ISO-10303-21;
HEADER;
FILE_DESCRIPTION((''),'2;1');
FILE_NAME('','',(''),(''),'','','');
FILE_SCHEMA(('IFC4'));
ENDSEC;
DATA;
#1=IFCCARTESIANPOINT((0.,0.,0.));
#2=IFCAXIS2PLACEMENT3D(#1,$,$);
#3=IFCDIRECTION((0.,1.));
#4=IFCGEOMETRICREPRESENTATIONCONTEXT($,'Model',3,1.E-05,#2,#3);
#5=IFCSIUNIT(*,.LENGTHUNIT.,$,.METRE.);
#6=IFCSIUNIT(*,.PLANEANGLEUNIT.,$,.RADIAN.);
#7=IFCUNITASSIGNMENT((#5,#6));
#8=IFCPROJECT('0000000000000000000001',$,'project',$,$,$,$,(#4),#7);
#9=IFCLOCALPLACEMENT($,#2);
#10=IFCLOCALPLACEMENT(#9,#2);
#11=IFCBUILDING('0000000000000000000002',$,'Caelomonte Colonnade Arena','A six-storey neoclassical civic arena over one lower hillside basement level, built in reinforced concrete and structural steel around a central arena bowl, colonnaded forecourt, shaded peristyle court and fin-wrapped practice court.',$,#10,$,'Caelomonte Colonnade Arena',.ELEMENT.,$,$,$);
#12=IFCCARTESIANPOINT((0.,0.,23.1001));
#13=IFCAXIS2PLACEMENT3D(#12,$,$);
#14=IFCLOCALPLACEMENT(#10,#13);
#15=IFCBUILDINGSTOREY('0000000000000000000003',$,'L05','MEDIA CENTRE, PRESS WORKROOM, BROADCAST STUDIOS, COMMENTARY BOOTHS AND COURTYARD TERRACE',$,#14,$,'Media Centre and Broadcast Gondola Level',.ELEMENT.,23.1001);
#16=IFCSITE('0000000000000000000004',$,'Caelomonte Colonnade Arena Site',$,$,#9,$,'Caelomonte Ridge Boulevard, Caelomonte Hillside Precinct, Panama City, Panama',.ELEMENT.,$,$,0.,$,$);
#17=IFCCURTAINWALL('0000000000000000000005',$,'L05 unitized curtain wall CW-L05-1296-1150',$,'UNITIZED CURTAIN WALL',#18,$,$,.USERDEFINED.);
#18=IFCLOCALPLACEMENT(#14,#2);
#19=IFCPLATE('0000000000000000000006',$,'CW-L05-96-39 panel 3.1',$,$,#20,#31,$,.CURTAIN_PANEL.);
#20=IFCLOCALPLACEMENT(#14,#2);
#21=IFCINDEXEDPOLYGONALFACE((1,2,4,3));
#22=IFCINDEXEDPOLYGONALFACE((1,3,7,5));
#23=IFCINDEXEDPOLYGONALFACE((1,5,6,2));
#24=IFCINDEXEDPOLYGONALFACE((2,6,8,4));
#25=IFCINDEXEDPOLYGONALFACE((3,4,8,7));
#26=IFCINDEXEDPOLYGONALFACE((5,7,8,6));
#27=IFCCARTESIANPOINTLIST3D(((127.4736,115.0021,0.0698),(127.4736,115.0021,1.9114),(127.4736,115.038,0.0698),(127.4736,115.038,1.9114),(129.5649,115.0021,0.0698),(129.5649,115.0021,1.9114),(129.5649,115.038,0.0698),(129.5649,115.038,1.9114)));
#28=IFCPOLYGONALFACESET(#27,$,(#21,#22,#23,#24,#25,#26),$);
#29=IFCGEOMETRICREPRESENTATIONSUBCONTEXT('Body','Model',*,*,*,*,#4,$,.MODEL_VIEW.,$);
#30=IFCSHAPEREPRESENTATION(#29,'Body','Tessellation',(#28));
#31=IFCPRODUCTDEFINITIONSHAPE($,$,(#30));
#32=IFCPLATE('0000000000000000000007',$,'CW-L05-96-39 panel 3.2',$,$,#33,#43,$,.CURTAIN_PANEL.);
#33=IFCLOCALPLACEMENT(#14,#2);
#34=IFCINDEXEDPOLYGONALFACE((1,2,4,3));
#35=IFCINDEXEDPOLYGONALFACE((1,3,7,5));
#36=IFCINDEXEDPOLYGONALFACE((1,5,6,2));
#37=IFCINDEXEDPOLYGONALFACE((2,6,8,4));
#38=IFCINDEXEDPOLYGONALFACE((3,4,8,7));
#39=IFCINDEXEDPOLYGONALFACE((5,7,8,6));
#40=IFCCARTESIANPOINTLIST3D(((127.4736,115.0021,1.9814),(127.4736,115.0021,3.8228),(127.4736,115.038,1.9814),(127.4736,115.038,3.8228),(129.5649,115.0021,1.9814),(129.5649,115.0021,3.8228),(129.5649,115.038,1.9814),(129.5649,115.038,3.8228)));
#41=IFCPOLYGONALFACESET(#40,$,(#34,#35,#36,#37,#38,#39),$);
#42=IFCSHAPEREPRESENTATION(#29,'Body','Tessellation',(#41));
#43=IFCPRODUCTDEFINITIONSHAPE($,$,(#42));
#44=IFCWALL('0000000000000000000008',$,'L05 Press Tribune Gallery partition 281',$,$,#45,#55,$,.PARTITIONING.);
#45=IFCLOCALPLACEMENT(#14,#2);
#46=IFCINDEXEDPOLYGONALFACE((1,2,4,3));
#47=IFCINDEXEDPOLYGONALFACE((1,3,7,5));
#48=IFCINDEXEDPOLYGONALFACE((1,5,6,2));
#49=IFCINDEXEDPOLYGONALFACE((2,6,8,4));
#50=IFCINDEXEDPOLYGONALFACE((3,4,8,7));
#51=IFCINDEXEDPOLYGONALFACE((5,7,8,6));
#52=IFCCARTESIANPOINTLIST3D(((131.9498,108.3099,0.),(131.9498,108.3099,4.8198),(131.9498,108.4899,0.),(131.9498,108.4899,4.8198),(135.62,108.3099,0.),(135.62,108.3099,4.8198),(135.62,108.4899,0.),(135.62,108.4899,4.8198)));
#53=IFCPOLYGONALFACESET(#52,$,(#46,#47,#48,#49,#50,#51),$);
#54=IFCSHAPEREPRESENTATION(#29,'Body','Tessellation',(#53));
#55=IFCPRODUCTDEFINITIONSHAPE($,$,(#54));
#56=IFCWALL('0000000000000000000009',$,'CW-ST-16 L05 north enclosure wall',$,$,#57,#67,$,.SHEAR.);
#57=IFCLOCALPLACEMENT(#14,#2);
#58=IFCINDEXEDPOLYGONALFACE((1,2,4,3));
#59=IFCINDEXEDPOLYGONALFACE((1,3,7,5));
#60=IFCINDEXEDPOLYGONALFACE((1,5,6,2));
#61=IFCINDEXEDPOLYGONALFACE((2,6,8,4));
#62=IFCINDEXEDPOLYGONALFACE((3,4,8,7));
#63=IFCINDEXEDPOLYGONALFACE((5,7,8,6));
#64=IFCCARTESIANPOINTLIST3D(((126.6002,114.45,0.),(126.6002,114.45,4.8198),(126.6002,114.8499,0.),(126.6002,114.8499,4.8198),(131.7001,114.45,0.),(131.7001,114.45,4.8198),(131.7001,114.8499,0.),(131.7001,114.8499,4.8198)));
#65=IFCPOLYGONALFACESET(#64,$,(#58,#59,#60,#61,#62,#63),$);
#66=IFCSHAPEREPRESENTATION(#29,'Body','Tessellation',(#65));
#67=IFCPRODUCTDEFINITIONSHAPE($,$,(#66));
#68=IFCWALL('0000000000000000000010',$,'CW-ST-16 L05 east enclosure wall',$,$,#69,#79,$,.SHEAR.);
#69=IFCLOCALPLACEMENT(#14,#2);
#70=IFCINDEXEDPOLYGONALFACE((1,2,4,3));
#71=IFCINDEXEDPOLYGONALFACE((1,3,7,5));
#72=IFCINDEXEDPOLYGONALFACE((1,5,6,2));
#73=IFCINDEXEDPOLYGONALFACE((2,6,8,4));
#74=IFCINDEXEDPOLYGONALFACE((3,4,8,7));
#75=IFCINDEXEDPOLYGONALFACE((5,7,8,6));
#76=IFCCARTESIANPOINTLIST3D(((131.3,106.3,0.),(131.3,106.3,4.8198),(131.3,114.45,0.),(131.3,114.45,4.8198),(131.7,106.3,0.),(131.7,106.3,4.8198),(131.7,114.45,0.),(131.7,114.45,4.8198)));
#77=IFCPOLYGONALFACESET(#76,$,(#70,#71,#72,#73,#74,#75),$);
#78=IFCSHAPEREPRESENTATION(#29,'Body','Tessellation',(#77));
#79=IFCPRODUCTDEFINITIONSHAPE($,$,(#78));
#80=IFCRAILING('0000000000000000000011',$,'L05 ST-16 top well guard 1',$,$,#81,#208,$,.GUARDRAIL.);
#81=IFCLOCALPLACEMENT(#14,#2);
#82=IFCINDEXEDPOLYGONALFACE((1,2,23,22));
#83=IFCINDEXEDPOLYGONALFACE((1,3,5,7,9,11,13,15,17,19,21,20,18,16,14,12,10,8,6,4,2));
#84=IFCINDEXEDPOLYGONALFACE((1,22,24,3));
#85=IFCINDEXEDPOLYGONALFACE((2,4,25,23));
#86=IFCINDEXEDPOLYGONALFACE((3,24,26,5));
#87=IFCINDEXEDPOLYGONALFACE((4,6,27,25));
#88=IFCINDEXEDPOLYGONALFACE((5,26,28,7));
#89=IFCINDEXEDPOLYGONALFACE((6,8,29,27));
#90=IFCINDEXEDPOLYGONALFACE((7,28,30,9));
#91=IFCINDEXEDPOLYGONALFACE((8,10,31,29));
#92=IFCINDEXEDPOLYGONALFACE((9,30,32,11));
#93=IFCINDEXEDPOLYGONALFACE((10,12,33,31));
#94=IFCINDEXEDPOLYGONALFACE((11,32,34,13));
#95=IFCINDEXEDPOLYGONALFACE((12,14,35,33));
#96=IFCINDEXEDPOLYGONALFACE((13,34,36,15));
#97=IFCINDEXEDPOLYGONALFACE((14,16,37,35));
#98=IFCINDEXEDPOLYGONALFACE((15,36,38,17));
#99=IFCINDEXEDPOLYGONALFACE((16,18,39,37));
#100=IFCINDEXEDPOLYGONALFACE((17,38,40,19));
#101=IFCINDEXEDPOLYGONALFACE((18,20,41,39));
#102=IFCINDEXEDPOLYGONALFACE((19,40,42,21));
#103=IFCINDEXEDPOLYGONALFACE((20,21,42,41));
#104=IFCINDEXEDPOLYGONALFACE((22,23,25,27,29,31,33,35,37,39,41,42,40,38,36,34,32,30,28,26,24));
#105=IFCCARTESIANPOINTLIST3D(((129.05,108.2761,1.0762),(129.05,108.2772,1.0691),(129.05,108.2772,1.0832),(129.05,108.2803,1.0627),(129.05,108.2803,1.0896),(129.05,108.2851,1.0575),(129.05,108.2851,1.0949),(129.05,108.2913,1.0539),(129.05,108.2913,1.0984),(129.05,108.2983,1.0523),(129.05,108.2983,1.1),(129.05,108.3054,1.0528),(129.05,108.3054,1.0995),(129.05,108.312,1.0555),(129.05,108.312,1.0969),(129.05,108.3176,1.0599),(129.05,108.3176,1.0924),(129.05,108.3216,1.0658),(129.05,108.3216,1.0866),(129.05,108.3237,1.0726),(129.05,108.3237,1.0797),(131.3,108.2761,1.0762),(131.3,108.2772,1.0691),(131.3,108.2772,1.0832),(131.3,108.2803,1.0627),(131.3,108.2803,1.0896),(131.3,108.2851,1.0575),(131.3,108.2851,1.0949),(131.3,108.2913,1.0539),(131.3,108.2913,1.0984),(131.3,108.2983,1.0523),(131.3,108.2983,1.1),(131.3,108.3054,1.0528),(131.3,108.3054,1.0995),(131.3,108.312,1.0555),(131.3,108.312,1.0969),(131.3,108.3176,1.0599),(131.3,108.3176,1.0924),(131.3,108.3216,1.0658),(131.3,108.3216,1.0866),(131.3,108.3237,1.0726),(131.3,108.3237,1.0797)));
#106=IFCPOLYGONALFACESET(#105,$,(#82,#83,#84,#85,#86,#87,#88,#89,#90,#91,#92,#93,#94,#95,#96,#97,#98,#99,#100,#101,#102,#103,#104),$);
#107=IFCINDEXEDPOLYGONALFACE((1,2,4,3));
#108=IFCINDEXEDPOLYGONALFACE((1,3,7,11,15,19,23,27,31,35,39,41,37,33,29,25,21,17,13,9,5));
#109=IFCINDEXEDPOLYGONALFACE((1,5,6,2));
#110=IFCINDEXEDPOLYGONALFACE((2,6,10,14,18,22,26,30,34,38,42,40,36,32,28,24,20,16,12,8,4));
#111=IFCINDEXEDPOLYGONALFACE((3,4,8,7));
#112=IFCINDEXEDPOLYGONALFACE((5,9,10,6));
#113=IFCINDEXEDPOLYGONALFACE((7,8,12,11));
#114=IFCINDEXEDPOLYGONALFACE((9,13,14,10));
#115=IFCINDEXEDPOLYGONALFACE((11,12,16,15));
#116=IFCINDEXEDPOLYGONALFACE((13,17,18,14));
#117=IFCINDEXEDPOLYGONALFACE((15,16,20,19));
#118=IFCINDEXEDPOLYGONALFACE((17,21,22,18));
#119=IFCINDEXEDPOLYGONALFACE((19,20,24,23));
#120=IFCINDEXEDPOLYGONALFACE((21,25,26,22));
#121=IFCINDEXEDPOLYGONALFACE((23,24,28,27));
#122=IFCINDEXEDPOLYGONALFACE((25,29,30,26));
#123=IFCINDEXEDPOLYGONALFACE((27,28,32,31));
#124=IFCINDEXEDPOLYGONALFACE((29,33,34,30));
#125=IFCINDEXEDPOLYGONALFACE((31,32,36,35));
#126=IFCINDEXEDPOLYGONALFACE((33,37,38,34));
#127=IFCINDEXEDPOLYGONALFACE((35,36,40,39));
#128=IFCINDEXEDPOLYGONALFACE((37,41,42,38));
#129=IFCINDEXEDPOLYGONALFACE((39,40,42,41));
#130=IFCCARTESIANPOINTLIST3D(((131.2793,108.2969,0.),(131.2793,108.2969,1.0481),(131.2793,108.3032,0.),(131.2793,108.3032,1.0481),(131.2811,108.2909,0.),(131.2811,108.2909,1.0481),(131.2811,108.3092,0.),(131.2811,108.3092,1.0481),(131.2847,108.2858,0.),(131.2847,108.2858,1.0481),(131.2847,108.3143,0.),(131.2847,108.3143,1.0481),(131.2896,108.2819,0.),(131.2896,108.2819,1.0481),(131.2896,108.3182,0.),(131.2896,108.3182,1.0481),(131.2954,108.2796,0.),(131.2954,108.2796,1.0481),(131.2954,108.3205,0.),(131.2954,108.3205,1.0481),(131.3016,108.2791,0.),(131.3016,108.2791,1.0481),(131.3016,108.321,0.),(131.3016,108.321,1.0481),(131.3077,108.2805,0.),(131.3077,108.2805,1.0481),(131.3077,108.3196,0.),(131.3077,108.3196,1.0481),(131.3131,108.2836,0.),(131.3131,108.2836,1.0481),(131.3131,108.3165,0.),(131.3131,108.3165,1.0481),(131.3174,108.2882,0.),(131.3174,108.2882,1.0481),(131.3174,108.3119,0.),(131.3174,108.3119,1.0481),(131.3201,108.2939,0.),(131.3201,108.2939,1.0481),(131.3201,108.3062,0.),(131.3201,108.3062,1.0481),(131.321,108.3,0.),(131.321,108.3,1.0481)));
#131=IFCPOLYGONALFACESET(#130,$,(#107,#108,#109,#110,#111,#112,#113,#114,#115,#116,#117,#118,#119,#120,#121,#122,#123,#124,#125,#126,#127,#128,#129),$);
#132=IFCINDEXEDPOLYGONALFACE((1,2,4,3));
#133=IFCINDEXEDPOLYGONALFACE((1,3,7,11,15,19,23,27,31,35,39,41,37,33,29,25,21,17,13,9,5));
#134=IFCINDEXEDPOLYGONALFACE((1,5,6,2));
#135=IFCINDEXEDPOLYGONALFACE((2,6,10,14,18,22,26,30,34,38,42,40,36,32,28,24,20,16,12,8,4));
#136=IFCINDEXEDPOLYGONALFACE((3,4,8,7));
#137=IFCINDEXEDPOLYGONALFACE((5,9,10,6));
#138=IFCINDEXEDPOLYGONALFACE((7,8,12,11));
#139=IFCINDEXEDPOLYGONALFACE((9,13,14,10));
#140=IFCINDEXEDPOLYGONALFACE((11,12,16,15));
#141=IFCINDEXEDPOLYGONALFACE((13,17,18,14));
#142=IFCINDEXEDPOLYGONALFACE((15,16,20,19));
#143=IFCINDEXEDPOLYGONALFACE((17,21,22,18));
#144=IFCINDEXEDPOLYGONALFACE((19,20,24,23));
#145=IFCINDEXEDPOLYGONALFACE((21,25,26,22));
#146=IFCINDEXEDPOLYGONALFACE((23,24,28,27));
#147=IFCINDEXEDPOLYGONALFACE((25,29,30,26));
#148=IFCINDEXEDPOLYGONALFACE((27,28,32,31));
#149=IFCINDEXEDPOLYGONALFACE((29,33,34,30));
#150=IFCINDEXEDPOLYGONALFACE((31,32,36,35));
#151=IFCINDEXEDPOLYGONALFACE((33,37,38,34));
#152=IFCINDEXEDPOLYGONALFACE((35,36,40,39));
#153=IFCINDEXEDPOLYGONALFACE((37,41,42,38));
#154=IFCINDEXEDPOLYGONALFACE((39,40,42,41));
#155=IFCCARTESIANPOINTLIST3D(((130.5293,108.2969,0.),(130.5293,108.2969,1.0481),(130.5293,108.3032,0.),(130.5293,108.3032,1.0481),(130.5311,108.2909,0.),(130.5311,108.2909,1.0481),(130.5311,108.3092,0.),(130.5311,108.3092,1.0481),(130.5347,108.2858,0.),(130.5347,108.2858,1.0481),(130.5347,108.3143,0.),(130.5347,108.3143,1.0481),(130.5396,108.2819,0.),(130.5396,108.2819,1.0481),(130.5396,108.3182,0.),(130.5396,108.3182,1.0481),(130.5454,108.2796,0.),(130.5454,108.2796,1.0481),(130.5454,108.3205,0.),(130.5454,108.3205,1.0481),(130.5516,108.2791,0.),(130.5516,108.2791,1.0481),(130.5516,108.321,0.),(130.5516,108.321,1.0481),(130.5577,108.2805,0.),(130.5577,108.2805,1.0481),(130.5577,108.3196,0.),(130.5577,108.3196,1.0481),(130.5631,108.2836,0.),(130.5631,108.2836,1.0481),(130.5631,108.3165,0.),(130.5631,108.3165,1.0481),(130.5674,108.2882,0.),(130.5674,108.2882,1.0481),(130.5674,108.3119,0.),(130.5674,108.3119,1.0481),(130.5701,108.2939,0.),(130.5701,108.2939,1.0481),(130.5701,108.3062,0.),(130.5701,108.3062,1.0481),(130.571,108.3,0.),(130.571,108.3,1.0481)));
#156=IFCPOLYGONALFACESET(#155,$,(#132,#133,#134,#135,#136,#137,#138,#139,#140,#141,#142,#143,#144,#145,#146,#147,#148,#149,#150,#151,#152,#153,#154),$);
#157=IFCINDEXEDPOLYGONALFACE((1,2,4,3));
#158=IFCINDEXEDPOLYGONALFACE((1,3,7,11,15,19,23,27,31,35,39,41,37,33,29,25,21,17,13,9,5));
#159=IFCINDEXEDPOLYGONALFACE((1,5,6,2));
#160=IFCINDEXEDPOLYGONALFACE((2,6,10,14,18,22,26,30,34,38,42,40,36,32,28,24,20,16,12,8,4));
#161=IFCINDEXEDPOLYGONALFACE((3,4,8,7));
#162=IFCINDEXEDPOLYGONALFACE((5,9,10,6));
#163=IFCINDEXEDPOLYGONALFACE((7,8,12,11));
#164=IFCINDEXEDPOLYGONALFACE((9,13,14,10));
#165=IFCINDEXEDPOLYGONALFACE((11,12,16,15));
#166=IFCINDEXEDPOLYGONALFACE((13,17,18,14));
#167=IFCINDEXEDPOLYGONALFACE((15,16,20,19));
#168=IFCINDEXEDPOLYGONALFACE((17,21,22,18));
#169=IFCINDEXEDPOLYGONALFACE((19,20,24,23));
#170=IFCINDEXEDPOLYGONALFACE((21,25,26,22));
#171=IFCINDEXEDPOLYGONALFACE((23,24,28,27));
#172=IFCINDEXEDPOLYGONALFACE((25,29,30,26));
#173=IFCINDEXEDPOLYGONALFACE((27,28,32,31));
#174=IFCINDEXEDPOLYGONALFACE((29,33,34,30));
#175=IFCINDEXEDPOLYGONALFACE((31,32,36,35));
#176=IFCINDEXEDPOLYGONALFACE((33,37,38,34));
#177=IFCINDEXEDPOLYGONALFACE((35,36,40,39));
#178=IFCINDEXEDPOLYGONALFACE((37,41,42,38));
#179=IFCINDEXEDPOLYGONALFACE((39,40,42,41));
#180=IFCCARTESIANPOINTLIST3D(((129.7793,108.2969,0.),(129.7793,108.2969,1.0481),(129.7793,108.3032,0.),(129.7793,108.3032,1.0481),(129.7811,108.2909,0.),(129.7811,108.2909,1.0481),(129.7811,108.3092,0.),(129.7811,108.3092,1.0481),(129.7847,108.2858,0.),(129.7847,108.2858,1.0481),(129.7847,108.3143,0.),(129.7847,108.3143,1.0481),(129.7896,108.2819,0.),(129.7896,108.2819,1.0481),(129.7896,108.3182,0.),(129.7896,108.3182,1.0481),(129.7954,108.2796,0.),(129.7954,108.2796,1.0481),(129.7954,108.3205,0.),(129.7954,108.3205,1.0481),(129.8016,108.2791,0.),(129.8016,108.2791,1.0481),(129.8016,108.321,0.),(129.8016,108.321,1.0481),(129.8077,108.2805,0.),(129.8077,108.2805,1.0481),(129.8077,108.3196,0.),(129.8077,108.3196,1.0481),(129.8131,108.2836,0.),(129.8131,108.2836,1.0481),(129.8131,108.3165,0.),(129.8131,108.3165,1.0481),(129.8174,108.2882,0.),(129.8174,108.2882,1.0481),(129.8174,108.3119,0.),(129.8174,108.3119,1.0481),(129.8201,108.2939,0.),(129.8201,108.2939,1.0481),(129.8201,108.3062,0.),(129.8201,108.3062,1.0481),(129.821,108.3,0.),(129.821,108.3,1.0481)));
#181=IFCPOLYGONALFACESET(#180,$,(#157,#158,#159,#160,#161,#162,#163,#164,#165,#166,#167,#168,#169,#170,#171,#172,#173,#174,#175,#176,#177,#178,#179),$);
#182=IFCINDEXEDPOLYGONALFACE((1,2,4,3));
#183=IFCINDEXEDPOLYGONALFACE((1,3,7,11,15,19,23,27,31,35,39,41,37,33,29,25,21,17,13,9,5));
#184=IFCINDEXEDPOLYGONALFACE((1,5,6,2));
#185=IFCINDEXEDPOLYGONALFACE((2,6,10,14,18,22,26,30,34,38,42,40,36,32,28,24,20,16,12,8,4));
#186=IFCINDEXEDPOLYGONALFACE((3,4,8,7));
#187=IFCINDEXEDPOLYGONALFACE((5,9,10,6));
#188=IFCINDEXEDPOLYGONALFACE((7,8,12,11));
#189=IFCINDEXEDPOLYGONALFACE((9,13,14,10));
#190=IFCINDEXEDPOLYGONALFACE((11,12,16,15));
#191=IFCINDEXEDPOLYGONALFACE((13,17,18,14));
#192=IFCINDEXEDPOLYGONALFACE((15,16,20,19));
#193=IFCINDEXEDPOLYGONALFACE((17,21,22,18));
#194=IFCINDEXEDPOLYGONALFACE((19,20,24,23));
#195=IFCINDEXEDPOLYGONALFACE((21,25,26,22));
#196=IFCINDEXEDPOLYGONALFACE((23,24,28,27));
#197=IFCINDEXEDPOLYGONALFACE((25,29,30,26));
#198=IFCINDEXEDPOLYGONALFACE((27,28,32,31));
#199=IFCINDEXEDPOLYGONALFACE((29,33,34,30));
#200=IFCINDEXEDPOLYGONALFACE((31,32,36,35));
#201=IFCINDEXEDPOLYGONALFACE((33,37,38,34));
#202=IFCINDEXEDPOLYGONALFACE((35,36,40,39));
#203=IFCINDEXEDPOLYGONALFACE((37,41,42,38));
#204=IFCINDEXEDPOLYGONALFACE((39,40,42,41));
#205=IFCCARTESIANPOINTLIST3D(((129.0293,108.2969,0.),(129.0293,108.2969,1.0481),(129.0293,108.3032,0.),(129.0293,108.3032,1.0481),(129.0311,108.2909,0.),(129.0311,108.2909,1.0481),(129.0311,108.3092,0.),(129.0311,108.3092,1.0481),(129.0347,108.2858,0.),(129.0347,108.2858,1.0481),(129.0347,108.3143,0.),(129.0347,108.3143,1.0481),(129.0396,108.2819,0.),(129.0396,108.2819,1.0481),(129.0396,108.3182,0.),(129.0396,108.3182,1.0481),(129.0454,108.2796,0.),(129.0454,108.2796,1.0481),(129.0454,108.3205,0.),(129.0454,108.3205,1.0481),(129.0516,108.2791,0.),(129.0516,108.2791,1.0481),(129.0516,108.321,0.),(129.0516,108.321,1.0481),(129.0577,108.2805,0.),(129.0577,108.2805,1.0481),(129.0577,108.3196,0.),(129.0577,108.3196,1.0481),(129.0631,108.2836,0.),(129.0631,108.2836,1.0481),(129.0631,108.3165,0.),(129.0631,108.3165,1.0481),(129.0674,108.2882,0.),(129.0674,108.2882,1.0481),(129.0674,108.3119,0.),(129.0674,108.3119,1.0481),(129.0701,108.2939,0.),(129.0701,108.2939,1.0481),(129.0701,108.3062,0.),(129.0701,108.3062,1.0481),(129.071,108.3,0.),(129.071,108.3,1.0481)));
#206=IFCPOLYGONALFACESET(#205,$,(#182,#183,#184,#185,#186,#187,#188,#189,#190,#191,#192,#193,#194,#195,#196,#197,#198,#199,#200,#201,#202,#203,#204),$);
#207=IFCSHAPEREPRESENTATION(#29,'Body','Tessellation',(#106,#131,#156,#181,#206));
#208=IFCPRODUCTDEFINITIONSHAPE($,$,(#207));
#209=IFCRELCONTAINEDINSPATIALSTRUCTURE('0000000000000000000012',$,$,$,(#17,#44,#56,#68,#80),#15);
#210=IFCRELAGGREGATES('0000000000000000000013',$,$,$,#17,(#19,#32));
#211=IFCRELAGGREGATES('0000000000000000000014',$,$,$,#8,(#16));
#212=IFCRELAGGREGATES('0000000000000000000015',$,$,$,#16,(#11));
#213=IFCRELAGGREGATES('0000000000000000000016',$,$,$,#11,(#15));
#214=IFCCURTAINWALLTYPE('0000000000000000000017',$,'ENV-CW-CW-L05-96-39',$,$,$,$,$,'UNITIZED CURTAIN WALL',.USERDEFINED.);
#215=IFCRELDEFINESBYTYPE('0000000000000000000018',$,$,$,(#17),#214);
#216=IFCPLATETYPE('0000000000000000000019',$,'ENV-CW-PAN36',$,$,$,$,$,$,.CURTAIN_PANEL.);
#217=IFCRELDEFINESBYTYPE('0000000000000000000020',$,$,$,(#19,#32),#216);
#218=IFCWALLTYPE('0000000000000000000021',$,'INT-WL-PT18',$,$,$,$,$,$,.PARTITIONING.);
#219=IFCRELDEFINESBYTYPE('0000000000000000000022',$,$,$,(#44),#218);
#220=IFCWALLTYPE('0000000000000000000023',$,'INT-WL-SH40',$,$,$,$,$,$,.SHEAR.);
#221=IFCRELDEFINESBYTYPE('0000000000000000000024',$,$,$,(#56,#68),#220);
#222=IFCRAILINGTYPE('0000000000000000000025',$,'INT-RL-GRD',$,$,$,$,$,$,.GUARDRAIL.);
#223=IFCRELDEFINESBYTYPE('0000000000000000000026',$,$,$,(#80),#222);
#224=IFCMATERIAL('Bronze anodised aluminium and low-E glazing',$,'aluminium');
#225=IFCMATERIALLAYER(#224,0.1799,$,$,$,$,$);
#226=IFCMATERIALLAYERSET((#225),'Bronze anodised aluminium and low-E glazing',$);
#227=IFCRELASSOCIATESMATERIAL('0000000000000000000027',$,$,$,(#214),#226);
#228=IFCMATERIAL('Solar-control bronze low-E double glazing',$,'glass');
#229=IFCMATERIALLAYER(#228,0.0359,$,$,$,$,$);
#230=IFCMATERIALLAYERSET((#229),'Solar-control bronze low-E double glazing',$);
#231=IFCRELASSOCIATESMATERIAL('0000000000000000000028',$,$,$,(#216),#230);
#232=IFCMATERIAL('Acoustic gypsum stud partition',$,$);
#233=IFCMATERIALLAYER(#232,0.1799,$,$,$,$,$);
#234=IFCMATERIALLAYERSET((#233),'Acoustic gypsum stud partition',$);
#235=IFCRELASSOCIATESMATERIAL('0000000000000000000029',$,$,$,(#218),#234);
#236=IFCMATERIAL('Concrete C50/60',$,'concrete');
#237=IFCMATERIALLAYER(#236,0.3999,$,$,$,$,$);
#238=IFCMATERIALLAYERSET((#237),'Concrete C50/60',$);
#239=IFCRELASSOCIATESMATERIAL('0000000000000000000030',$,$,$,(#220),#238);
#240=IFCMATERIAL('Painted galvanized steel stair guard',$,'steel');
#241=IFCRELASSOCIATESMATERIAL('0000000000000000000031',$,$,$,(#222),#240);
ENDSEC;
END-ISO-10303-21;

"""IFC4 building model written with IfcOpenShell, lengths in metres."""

from ifc_helpers import new_model, si_unit, direction, frame, frame_2d, origin, origin_2d, place, context, subcontext, project, spatial, rectangle, circle, extrude, material, layer, layer_set, type_object, element, aggregate, save


model = new_model("IFC4")

# Units and contexts
model_context = context("Model", 3, precision=1e-05, world=origin(), true_north=direction((0.0, 1.0)))
body_context = subcontext(model_context, "Body", "Model", "MODEL_VIEW")
ifc_project = project(units=[si_unit("LENGTHUNIT", "METRE"), si_unit("PLANEANGLEUNIT", "RADIAN")], contexts=[model_context])

# Site, building, storey
site_placement = place(None, origin())
site = spatial("IfcSite", under=ifc_project, at=site_placement, Name="Caelomonte Colonnade Arena Site", LongName="Caelomonte Ridge Boulevard, Caelomonte Hillside Precinct, Panama City, Panama", CompositionType="ELEMENT", RefElevation=0.0)
building_placement = place(site_placement, origin())
building = spatial("IfcBuilding", under=site, at=building_placement, Name="Caelomonte Colonnade Arena", Description="A six-storey neoclassical civic arena over one lower hillside basement level, built in reinforced concrete and structural steel around a central arena bowl, colonnaded forecourt, shaded peristyle court and fin-wrapped practice court.", LongName="Caelomonte Colonnade Arena", CompositionType="ELEMENT")
storey_placement = place(building_placement, frame((0.0, 0.0, 23.1001)))
storey = spatial("IfcBuildingStorey", under=building, at=storey_placement, Name="L05", Description="MEDIA CENTRE, PRESS WORKROOM, BROADCAST STUDIOS, COMMENTARY BOOTHS AND COURTYARD TERRACE", LongName="Media Centre and Broadcast Gondola Level", CompositionType="ELEMENT", Elevation=23.1001)

# Curtain wall
ifc_material_1 = material(Name="Bronze anodised aluminium and low-E glazing", Category="aluminium")
ifc_layer_1 = layer(ifc_material_1, 0.1799)
ifc_layer_set_1 = layer_set([ifc_layer_1], Name="Bronze anodised aluminium and low-E glazing")
curtain_wall_type = type_object("IfcCurtainWallType", Name="ENV-CW-CW-L05-96-39", ElementType="UNITIZED CURTAIN WALL", PredefinedType="USERDEFINED", material=ifc_layer_set_1)
curtain_wall_placement = place(storey_placement, origin())
curtain_wall = element("IfcCurtainWall", 1, at=curtain_wall_placement, inside=storey, type_object=curtain_wall_type, Name="L05 unitized curtain wall CW-L05-1296-1150", ObjectType="UNITIZED CURTAIN WALL", PredefinedType="USERDEFINED")

# Plates
ifc_material_2 = material(Name="Solar-control bronze low-E double glazing", Category="glass")
ifc_layer_2 = layer(ifc_material_2, 0.0359)
ifc_layer_set_2 = layer_set([ifc_layer_2], Name="Solar-control bronze low-E double glazing")
plate_type = type_object("IfcPlateType", Name="ENV-CW-PAN36", PredefinedType="CURTAIN_PANEL", material=ifc_layer_set_2)
plate_1_placement = place(storey_placement, frame((128.5193, 115.02, 0.0698), z_axis=(0.0, 0.0, 1.0), x_axis=(-1.0, 0.0, 0.0)))
plate_1 = element("IfcPlate", 2, at=plate_1_placement, type_object=plate_type, Name="CW-L05-96-39 panel 3.1", PredefinedType="CURTAIN_PANEL", context=body_context, shape_type="SweptSolid", body=[
    extrude(rectangle(XDim=2.0913, YDim=0.0359, at=origin_2d()), origin(), (0.0, 0.0, 1.0), 1.8416),
])
plate_2_placement = place(storey_placement, frame((128.5193, 115.02, 1.9814), z_axis=(0.0, 0.0, 1.0), x_axis=(-1.0, 0.0, 0.0)))
plate_2 = element("IfcPlate", 3, at=plate_2_placement, type_object=plate_type, Name="CW-L05-96-39 panel 3.2", PredefinedType="CURTAIN_PANEL", context=body_context, shape_type="SweptSolid", body=[
    extrude(rectangle(XDim=2.0913, YDim=0.0359, at=origin_2d()), origin(), (0.0, 0.0, 1.0), 1.8413),
])
aggregate(curtain_wall, [plate_1, plate_2])

# Walls
ifc_material_3 = material(Name="Acoustic gypsum stud partition")
ifc_layer_3 = layer(ifc_material_3, 0.1799)
ifc_layer_set_3 = layer_set([ifc_layer_3], Name="Acoustic gypsum stud partition")
wall_type_1 = type_object("IfcWallType", Name="INT-WL-PT18", PredefinedType="PARTITIONING", material=ifc_layer_set_3)
wall_1_placement = place(storey_placement, frame((131.95, 108.3999, 0.0), z_axis=(0.0, 0.0, 1.0), x_axis=(1.0, 0.0, 0.0)))
element("IfcWall", 4, at=wall_1_placement, inside=storey, type_object=wall_type_1, Name="L05 Press Tribune Gallery partition 281", PredefinedType="PARTITIONING", context=body_context, shape_type="SweptSolid", body=[
    extrude(rectangle(XDim=3.6702, YDim=0.1799, at=frame_2d((1.835, 0.0))), origin(), (0.0, 0.0, 1.0), 4.8198),
])
ifc_material_4 = material(Name="Concrete C50/60", Category="concrete")
ifc_layer_4 = layer(ifc_material_4, 0.3999)
ifc_layer_set_4 = layer_set([ifc_layer_4], Name="Concrete C50/60")
wall_type_2 = type_object("IfcWallType", Name="INT-WL-SH40", PredefinedType="SHEAR", material=ifc_layer_set_4)
wall_2_placement = place(storey_placement, frame((131.7, 114.6499, 0.0), z_axis=(0.0, 0.0, 1.0), x_axis=(-1.0, 0.0, 0.0)))
element("IfcWall", 5, at=wall_2_placement, inside=storey, type_object=wall_type_2, Name="CW-ST-16 L05 north enclosure wall", PredefinedType="SHEAR", context=body_context, shape_type="SweptSolid", body=[
    extrude(rectangle(XDim=5.0999, YDim=0.3999, at=frame_2d((2.5498, 0.0))), origin(), (0.0, 0.0, 1.0), 4.8198),
])
wall_3_placement = place(storey_placement, frame((131.5, 106.3, 0.0), z_axis=(0.0, 0.0, 1.0), x_axis=(0.0, 1.0, 0.0)))
element("IfcWall", 6, at=wall_3_placement, inside=storey, type_object=wall_type_2, Name="CW-ST-16 L05 east enclosure wall", PredefinedType="SHEAR", context=body_context, shape_type="SweptSolid", body=[
    extrude(rectangle(XDim=8.1499, YDim=0.3999, at=frame_2d((4.075, 0.0))), origin(), (0.0, 0.0, 1.0), 4.8198),
])

# Railing
ifc_material_5 = material(Name="Painted galvanized steel stair guard", Category="steel")
railing_type = type_object("IfcRailingType", Name="INT-RL-GRD", PredefinedType="GUARDRAIL", material=ifc_material_5)
railing_placement = place(storey_placement, frame((131.3, 108.3, 0.0)))
element("IfcRailing", 7, at=railing_placement, inside=storey, type_object=railing_type, Name="L05 ST-16 top well guard 1", PredefinedType="GUARDRAIL", context=body_context, shape_type="SweptSolid", body=[
    extrude(circle(Radius=0.0239, at=origin_2d()), frame((0.0, 0.0, 1.0762), z_axis=(-1.0, 0.0, 0.0), x_axis=(0.0, -1.0, 0.0)), (0.0, 0.0, 1.0), 2.25),
    extrude(circle(Radius=0.021, at=origin_2d()), origin(), (0.0, 0.0, 1.0), 1.0481),
    extrude(circle(Radius=0.021, at=origin_2d()), frame((-0.75, 0.0, 0.0)), (0.0, 0.0, 1.0), 1.0481),
    extrude(circle(Radius=0.021, at=origin_2d()), frame((-1.5, 0.0, 0.0)), (0.0, 0.0, 1.0), 1.0481),
    extrude(circle(Radius=0.021, at=origin_2d()), frame((-2.25, 0.0, 0.0)), (0.0, 0.0, 1.0), 1.0481),
])

save(model, "model.ifc")
